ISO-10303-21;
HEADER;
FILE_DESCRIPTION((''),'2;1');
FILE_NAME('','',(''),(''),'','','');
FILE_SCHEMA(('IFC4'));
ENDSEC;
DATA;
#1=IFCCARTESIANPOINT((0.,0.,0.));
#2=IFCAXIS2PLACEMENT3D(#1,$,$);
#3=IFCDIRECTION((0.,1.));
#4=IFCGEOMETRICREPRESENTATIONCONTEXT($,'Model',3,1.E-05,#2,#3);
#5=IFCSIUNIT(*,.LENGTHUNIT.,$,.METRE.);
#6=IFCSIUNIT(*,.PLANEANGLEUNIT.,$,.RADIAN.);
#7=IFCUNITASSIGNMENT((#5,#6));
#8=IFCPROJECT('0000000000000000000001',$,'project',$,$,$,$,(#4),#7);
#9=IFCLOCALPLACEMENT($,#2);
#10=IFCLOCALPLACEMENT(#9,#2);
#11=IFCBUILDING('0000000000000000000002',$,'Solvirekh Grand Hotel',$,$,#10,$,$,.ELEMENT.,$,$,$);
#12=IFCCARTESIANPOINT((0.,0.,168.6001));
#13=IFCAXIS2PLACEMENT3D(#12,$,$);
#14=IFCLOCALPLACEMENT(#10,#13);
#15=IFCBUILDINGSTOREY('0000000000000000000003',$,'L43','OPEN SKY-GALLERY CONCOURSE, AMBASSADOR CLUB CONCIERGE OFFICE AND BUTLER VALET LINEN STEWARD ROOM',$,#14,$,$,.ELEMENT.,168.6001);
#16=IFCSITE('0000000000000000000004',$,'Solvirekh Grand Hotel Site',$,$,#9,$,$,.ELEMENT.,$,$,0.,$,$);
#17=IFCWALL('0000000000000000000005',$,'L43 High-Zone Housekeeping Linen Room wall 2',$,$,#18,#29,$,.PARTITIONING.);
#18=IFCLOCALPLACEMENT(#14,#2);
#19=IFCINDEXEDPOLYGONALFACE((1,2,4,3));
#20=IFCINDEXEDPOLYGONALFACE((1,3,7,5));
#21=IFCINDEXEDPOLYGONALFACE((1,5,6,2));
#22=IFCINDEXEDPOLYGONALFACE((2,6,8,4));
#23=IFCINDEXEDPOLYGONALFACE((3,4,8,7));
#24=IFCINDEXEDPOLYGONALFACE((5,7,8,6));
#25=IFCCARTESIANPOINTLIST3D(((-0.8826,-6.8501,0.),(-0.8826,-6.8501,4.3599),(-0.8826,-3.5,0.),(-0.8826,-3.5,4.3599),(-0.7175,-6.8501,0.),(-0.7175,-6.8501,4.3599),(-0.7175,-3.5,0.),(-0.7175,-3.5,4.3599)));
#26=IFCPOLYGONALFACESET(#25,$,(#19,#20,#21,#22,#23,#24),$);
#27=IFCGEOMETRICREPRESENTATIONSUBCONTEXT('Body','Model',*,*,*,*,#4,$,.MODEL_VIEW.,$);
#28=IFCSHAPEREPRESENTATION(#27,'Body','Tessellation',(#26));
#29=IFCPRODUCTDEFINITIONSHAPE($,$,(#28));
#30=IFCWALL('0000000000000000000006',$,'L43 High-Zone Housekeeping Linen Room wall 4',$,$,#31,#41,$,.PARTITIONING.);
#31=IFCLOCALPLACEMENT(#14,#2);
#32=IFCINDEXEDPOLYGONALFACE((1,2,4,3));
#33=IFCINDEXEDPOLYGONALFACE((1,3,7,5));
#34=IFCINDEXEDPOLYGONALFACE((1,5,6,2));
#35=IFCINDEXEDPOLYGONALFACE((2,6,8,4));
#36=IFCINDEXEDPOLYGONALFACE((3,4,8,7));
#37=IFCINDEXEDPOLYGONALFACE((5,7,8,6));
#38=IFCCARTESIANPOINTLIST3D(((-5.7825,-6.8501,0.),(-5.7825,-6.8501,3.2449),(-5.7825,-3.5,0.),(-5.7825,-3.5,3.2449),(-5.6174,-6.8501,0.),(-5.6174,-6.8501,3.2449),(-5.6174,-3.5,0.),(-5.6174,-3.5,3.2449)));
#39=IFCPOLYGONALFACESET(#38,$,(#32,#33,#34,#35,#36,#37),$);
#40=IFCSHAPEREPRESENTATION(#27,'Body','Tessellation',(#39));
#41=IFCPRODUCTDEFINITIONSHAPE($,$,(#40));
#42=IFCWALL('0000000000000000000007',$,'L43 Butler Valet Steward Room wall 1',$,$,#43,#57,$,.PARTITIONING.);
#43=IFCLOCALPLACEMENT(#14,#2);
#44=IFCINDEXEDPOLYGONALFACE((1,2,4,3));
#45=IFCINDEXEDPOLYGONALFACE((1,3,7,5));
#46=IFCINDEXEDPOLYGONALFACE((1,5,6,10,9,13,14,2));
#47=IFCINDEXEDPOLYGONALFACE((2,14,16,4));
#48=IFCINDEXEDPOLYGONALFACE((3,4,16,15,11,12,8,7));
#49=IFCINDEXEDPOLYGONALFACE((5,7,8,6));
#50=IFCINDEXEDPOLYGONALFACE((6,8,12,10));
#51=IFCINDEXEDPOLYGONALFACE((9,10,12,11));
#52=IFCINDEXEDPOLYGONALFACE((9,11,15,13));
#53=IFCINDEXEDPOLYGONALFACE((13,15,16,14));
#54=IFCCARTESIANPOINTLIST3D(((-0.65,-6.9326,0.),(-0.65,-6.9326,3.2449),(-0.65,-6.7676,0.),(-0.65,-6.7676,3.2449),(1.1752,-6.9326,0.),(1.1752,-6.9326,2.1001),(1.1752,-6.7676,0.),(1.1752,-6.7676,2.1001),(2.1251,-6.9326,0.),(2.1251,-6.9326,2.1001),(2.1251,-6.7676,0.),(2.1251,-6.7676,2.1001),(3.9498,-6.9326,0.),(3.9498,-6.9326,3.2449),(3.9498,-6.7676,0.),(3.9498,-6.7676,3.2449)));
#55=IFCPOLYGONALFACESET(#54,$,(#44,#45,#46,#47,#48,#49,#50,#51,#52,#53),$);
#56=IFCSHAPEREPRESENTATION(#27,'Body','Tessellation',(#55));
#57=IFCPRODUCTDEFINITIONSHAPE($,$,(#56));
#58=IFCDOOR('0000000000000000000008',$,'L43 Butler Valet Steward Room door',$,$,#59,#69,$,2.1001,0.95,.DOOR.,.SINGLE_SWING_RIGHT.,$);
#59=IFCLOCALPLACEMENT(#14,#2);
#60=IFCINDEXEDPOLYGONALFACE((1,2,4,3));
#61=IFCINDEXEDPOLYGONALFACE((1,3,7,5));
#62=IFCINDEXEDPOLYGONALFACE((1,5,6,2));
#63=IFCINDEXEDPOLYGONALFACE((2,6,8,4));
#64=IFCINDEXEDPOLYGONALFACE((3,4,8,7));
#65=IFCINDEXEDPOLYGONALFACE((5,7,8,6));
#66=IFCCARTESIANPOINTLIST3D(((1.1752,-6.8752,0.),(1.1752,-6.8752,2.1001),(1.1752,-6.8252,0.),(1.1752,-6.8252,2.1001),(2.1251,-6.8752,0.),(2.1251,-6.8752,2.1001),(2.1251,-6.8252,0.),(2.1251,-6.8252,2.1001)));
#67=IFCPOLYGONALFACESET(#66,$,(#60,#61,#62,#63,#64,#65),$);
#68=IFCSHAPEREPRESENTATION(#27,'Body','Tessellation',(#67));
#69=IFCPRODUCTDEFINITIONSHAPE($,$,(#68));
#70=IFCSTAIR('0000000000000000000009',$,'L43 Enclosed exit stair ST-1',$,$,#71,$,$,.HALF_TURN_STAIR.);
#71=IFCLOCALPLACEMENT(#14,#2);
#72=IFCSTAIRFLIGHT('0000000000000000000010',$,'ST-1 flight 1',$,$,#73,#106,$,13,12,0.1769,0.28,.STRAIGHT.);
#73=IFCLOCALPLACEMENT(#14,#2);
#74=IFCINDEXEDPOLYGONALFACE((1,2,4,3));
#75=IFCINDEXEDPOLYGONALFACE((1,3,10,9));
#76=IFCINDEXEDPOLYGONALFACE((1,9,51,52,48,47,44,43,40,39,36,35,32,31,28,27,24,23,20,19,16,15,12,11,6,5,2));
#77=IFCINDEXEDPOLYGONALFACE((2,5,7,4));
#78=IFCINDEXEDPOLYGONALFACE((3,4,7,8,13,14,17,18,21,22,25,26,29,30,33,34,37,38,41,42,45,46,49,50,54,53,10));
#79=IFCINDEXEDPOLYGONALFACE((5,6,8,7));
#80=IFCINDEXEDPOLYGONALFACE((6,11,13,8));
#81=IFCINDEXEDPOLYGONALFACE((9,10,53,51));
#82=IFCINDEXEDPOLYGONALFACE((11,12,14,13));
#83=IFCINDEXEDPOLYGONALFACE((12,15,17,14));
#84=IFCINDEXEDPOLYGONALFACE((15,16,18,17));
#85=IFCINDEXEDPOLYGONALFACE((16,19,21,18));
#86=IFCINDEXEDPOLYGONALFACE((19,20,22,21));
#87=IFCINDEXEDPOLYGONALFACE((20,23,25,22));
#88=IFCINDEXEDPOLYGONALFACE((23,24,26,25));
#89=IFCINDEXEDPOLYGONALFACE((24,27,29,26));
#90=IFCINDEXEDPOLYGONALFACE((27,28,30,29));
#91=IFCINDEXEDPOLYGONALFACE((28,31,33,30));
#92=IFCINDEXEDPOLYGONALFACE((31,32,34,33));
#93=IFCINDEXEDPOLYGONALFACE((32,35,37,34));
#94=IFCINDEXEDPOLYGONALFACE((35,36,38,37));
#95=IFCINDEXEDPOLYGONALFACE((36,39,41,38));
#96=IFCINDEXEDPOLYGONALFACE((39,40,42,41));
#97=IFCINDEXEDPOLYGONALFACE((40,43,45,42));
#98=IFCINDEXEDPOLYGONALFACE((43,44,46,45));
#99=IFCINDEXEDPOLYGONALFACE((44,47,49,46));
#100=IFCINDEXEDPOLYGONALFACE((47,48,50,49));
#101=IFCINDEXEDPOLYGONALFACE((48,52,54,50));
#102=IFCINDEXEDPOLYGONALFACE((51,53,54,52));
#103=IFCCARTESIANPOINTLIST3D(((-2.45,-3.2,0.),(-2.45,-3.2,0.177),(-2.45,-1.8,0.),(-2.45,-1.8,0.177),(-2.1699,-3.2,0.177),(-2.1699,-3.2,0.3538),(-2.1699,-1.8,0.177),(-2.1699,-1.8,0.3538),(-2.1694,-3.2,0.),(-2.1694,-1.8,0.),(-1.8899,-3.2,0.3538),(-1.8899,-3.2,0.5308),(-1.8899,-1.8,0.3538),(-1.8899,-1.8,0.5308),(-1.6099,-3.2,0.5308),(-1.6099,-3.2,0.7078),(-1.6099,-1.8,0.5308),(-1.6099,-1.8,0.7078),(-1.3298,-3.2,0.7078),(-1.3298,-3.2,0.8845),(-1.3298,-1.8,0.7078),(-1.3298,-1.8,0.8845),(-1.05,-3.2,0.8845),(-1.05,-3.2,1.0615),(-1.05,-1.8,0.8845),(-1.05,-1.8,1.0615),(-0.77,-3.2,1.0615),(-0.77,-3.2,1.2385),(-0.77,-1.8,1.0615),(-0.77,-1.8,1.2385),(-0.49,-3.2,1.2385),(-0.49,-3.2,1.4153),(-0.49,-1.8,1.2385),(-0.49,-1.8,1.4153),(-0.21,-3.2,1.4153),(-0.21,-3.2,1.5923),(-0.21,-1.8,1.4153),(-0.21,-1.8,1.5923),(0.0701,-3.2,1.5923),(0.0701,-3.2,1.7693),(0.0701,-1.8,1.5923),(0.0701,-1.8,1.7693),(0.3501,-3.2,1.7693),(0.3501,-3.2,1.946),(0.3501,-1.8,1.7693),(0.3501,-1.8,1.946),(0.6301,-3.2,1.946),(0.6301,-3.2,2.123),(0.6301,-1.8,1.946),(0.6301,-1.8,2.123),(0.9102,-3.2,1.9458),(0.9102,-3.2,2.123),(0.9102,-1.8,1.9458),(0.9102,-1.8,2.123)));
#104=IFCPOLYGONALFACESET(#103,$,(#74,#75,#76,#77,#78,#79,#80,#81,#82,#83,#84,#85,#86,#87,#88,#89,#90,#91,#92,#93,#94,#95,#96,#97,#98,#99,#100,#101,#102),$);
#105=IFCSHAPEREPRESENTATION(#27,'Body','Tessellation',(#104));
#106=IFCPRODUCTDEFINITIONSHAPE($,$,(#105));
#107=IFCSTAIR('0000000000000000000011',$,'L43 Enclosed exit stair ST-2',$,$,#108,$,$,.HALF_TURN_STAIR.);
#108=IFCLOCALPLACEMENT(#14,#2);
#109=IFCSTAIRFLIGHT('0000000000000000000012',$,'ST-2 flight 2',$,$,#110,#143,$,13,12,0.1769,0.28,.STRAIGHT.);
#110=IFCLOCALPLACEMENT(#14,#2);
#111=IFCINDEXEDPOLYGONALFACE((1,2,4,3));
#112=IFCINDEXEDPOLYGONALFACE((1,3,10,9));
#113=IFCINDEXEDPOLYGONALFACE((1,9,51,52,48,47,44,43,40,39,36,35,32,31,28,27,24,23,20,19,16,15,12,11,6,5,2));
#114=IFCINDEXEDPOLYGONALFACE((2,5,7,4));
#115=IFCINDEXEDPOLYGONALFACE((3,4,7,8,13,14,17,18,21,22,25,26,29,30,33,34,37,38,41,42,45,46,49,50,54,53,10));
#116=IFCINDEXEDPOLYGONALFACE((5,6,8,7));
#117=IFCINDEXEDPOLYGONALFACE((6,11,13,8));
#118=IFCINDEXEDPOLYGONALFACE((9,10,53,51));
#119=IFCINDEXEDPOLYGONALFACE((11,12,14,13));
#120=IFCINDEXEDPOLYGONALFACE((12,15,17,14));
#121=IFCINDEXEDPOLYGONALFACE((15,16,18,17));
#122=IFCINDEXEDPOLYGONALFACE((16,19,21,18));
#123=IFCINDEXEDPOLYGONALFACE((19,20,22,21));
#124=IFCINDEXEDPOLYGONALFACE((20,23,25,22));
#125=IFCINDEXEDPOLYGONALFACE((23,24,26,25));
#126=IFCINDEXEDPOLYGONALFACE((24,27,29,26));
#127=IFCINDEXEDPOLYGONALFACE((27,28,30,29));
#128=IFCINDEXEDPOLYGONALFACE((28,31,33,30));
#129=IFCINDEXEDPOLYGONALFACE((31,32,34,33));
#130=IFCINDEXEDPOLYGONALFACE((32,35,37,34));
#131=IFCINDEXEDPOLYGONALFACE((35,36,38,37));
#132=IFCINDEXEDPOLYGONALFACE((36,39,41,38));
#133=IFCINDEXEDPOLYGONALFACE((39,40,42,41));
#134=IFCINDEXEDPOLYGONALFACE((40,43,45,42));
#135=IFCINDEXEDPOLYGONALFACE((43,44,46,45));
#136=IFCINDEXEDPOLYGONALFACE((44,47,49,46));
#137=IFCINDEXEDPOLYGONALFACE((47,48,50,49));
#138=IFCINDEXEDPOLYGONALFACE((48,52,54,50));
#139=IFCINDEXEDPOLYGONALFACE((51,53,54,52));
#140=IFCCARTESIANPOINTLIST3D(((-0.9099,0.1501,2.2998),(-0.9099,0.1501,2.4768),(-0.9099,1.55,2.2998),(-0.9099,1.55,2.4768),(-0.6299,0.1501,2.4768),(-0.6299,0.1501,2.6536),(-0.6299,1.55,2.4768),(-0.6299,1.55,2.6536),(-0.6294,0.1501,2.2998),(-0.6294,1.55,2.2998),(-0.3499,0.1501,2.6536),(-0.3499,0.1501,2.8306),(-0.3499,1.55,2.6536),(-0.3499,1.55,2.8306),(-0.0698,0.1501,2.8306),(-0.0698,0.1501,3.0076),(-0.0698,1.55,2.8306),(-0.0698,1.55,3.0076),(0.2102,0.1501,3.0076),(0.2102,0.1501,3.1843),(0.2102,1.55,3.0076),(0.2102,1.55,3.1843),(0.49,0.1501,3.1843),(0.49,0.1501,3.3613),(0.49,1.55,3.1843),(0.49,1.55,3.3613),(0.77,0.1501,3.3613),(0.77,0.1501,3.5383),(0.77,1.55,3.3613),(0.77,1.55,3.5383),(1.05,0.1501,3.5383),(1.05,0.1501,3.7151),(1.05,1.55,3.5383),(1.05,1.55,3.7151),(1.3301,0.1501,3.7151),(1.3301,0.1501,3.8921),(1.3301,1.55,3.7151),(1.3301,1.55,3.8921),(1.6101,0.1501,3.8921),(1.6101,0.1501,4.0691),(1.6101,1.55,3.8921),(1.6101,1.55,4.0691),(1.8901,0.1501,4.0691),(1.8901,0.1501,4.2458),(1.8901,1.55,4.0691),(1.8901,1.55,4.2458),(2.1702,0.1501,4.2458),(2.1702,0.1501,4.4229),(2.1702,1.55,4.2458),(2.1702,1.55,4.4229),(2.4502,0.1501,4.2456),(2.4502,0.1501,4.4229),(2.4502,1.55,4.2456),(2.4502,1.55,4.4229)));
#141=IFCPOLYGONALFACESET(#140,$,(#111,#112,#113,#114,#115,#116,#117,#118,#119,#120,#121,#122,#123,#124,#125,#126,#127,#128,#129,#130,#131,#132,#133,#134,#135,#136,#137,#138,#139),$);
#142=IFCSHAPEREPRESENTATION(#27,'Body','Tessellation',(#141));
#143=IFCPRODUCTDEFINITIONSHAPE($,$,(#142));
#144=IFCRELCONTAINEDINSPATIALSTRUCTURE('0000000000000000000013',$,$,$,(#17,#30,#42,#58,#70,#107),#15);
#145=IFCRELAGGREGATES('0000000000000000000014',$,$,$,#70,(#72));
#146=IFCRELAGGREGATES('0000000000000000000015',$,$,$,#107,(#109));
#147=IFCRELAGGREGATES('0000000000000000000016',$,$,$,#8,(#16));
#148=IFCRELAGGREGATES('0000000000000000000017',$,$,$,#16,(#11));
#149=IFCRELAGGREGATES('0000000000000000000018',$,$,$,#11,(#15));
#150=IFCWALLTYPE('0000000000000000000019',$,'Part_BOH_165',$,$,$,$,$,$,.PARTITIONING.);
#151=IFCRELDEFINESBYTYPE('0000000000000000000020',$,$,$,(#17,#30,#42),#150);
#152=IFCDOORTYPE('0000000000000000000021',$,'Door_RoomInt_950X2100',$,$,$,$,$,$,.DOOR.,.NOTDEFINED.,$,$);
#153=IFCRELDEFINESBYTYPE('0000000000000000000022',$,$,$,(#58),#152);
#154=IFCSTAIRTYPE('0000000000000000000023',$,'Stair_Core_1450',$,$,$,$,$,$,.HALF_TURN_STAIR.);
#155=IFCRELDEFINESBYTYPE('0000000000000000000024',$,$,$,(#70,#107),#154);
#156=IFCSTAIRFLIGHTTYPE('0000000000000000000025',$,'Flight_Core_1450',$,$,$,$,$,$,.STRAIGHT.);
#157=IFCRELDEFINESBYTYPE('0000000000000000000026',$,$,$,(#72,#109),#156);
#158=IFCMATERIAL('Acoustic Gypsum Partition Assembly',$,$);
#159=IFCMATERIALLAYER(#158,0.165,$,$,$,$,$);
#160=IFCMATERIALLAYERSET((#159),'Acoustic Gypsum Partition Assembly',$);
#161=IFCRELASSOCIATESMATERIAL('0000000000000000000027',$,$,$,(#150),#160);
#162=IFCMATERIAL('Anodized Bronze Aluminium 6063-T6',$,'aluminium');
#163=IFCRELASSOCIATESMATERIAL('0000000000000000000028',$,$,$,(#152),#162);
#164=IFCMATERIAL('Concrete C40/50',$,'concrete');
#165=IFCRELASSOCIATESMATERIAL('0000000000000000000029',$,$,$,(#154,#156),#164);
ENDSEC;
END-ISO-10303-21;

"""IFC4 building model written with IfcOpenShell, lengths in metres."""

from ifc_helpers import new_model, si_unit, direction, frame, frame_2d, origin, place, context, subcontext, project, spatial, polyline, rectangle, outline, extrude, material, layer, layer_set, type_object, element, fill, aggregate, save


model = new_model("IFC4")

# Units and contexts
model_context = context("Model", 3, precision=1e-05, world=origin(), true_north=direction((0.0, 1.0)))
body_context = subcontext(model_context, "Body", "Model", "MODEL_VIEW")
ifc_project = project(units=[si_unit("LENGTHUNIT", "METRE"), si_unit("PLANEANGLEUNIT", "RADIAN")], contexts=[model_context])

# Site, building, storey
site_placement = place(None, origin())
site = spatial("IfcSite", under=ifc_project, at=site_placement, Name="Solvirekh Grand Hotel Site", CompositionType="ELEMENT", RefElevation=0.0)
building_placement = place(site_placement, origin())
building = spatial("IfcBuilding", under=site, at=building_placement, Name="Solvirekh Grand Hotel", CompositionType="ELEMENT")
storey_placement = place(building_placement, frame((0.0, 0.0, 168.6001)))
storey = spatial("IfcBuildingStorey", under=building, at=storey_placement, Name="L43", Description="OPEN SKY-GALLERY CONCOURSE, AMBASSADOR CLUB CONCIERGE OFFICE AND BUTLER VALET LINEN STEWARD ROOM", CompositionType="ELEMENT", Elevation=168.6001)

# Shared definitions
ifc_material_1 = material(Name="Concrete C40/50", Category="concrete")

# Shared definitions
ifc_material_2 = material(Name="Acoustic Gypsum Partition Assembly")
ifc_layer_1 = layer(ifc_material_2, 0.165)
ifc_layer_set_1 = layer_set([ifc_layer_1], Name="Acoustic Gypsum Partition Assembly")
wall_type_1 = type_object("IfcWallType", Name="Part_BOH_165", PredefinedType="PARTITIONING", material=ifc_layer_set_1)
ifc_material_3 = material(Name="Anodized Bronze Aluminium 6063-T6", Category="aluminium")
door_type_1 = type_object("IfcDoorType", Name="Door_RoomInt_950X2100", OperationType="NOTDEFINED", PredefinedType="DOOR", material=ifc_material_3)

# Walls
wall_1_placement = place(storey_placement, frame((-0.8, -6.8501, 0.0), z_axis=(0.0, 0.0, 1.0), x_axis=(0.0, 1.0, 0.0)))
element("IfcWall", 1, at=wall_1_placement, inside=storey, type_object=wall_type_1, Name="L43 High-Zone Housekeeping Linen Room wall 2", PredefinedType="PARTITIONING", context=body_context, shape_type="SweptSolid", body=[
    extrude(rectangle(XDim=3.3501, YDim=0.165, at=frame_2d((1.675, 0.0))), origin(), (0.0, 0.0, 1.0), 4.3599),
])
wall_2_placement = place(storey_placement, frame((-5.7, -3.5, 0.0), z_axis=(0.0, 0.0, 1.0), x_axis=(0.0, -1.0, 0.0)))
element("IfcWall", 2, at=wall_2_placement, inside=storey, type_object=wall_type_1, Name="L43 High-Zone Housekeeping Linen Room wall 4", PredefinedType="PARTITIONING", context=body_context, shape_type="SweptSolid", body=[
    extrude(rectangle(XDim=3.3501, YDim=0.165, at=frame_2d((1.675, 0.0))), origin(), (0.0, 0.0, 1.0), 3.2449),
])

# Wall, opening, door
wall_3_placement = place(storey_placement, frame((-0.6499, -6.8501, 0.0), z_axis=(0.0, 0.0, 1.0), x_axis=(1.0, 0.0, 0.0)))
wall_3 = element("IfcWall", 3, at=wall_3_placement, inside=storey, type_object=wall_type_1, Name="L43 Butler Valet Steward Room wall 1", PredefinedType="PARTITIONING", context=body_context, shape_type="SweptSolid", body=[
    extrude(rectangle(XDim=4.5999, YDim=0.165, at=frame_2d((2.2998, 0.0))), origin(), (0.0, 0.0, 1.0), 3.2449),
])
opening_1_placement = place(wall_3_placement, frame((1.825, 0.0, 0.0)))
opening_1 = element("IfcOpeningElement", 4, at=opening_1_placement, cuts=wall_3, PredefinedType="OPENING", context=body_context, shape_type="SweptSolid", body=[
    extrude(rectangle(XDim=0.95, YDim=2.1001, at=frame_2d((0.4751, 1.05))), frame((0.0, 0.0925, 0.0), z_axis=(0.0, -1.0, 0.0), x_axis=(1.0, 0.0, 0.0)), (0.0, 0.0, 1.0), 0.1851),
])
door_1_placement = place(opening_1_placement, origin())
door_1 = element("IfcDoor", 5, at=door_1_placement, inside=storey, type_object=door_type_1, Name="L43 Butler Valet Steward Room door", OperationType="SINGLE_SWING_RIGHT", OverallHeight=2.1001, OverallWidth=0.95, PredefinedType="DOOR", context=body_context, shape_type="SweptSolid", body=[
    extrude(rectangle(XDim=0.95, YDim=2.1001, at=frame_2d((0.4751, 1.05))), frame((0.0, 0.0249, 0.0), z_axis=(0.0, -1.0, 0.0), x_axis=(1.0, 0.0, 0.0)), (0.0, 0.0, 1.0), 0.05),
])
fill(opening_1, door_1)

# Stairs, stair flights
stair_type = type_object("IfcStairType", Name="Stair_Core_1450", PredefinedType="HALF_TURN_STAIR", material=ifc_material_1)
stair_1_placement = place(storey_placement, origin())
stair_1 = element("IfcStair", 6, at=stair_1_placement, inside=storey, type_object=stair_type, Name="L43 Enclosed exit stair ST-1", PredefinedType="HALF_TURN_STAIR")
stair_flight_type = type_object("IfcStairFlightType", Name="Flight_Core_1450", PredefinedType="STRAIGHT", material=ifc_material_1)
stair_flight_1_placement = place(storey_placement, frame((-2.45, -2.5, 0.0), z_axis=(0.0, 0.0, 1.0), x_axis=(1.0, 0.0, 0.0)))
stair_flight_1 = element("IfcStairFlight", 7, at=stair_flight_1_placement, type_object=stair_flight_type, Name="ST-1 flight 1", NumberOfRisers=13, NumberOfTreads=12, PredefinedType="STRAIGHT", RiserHeight=0.1769, TreadLength=0.28, context=body_context, shape_type="SweptSolid", body=[
    extrude(outline(polyline([(0.0, 0.0), (0.0, 0.177), (0.28, 0.177), (0.28, 0.3538), (0.5601, 0.3538), (0.5601, 0.5308), (0.8401, 0.5308), (0.8401, 0.7078), (1.1201, 0.7078), (1.1201, 0.8845), (1.3999, 0.8845), (1.3999, 1.0615), (1.6799, 1.0615), (1.6799, 1.2385), (1.96, 1.2385), (1.96, 1.4153), (2.24, 1.4153), (2.24, 1.5923), (2.52, 1.5923), (2.52, 1.7693), (2.8, 1.7693), (2.8, 1.946), (3.0801, 1.946), (3.0801, 2.123), (3.3601, 2.123), (3.3601, 2.3), (3.3601, 1.9458), (0.2805, 0.0), (0.0, 0.0)])), frame((0.0, 0.7, 0.0), z_axis=(0.0, -1.0, 0.0), x_axis=(1.0, 0.0, 0.0)), (0.0, 0.0, 1.0), 1.3999),
])
aggregate(stair_1, [stair_flight_1])
stair_2_placement = place(storey_placement, origin())
stair_2 = element("IfcStair", 8, at=stair_2_placement, inside=storey, type_object=stair_type, Name="L43 Enclosed exit stair ST-2", PredefinedType="HALF_TURN_STAIR")
stair_flight_2_placement = place(storey_placement, frame((-0.9099, 0.8501, 2.2998), z_axis=(0.0, 0.0, 1.0), x_axis=(1.0, 0.0, 0.0)))
stair_flight_2 = element("IfcStairFlight", 9, at=stair_flight_2_placement, type_object=stair_flight_type, Name="ST-2 flight 2", NumberOfRisers=13, NumberOfTreads=12, PredefinedType="STRAIGHT", RiserHeight=0.1769, TreadLength=0.28, context=body_context, shape_type="SweptSolid", body=[
    extrude(outline(polyline([(0.0, 0.0), (0.0, 0.177), (0.28, 0.177), (0.28, 0.3538), (0.5601, 0.3538), (0.5601, 0.5308), (0.8401, 0.5308), (0.8401, 0.7078), (1.1201, 0.7078), (1.1201, 0.8845), (1.3999, 0.8845), (1.3999, 1.0615), (1.6799, 1.0615), (1.6799, 1.2385), (1.96, 1.2385), (1.96, 1.4153), (2.24, 1.4153), (2.24, 1.5923), (2.52, 1.5923), (2.52, 1.7693), (2.8, 1.7693), (2.8, 1.946), (3.0801, 1.946), (3.0801, 2.123), (3.3601, 2.123), (3.3601, 2.3), (3.3601, 1.9458), (0.2805, 0.0), (0.0, 0.0)])), frame((0.0, 0.7, 0.0), z_axis=(0.0, -1.0, 0.0), x_axis=(1.0, 0.0, 0.0)), (0.0, 0.0, 1.0), 1.3999),
])
aggregate(stair_2, [stair_flight_2])

save(model, "model.ifc")
